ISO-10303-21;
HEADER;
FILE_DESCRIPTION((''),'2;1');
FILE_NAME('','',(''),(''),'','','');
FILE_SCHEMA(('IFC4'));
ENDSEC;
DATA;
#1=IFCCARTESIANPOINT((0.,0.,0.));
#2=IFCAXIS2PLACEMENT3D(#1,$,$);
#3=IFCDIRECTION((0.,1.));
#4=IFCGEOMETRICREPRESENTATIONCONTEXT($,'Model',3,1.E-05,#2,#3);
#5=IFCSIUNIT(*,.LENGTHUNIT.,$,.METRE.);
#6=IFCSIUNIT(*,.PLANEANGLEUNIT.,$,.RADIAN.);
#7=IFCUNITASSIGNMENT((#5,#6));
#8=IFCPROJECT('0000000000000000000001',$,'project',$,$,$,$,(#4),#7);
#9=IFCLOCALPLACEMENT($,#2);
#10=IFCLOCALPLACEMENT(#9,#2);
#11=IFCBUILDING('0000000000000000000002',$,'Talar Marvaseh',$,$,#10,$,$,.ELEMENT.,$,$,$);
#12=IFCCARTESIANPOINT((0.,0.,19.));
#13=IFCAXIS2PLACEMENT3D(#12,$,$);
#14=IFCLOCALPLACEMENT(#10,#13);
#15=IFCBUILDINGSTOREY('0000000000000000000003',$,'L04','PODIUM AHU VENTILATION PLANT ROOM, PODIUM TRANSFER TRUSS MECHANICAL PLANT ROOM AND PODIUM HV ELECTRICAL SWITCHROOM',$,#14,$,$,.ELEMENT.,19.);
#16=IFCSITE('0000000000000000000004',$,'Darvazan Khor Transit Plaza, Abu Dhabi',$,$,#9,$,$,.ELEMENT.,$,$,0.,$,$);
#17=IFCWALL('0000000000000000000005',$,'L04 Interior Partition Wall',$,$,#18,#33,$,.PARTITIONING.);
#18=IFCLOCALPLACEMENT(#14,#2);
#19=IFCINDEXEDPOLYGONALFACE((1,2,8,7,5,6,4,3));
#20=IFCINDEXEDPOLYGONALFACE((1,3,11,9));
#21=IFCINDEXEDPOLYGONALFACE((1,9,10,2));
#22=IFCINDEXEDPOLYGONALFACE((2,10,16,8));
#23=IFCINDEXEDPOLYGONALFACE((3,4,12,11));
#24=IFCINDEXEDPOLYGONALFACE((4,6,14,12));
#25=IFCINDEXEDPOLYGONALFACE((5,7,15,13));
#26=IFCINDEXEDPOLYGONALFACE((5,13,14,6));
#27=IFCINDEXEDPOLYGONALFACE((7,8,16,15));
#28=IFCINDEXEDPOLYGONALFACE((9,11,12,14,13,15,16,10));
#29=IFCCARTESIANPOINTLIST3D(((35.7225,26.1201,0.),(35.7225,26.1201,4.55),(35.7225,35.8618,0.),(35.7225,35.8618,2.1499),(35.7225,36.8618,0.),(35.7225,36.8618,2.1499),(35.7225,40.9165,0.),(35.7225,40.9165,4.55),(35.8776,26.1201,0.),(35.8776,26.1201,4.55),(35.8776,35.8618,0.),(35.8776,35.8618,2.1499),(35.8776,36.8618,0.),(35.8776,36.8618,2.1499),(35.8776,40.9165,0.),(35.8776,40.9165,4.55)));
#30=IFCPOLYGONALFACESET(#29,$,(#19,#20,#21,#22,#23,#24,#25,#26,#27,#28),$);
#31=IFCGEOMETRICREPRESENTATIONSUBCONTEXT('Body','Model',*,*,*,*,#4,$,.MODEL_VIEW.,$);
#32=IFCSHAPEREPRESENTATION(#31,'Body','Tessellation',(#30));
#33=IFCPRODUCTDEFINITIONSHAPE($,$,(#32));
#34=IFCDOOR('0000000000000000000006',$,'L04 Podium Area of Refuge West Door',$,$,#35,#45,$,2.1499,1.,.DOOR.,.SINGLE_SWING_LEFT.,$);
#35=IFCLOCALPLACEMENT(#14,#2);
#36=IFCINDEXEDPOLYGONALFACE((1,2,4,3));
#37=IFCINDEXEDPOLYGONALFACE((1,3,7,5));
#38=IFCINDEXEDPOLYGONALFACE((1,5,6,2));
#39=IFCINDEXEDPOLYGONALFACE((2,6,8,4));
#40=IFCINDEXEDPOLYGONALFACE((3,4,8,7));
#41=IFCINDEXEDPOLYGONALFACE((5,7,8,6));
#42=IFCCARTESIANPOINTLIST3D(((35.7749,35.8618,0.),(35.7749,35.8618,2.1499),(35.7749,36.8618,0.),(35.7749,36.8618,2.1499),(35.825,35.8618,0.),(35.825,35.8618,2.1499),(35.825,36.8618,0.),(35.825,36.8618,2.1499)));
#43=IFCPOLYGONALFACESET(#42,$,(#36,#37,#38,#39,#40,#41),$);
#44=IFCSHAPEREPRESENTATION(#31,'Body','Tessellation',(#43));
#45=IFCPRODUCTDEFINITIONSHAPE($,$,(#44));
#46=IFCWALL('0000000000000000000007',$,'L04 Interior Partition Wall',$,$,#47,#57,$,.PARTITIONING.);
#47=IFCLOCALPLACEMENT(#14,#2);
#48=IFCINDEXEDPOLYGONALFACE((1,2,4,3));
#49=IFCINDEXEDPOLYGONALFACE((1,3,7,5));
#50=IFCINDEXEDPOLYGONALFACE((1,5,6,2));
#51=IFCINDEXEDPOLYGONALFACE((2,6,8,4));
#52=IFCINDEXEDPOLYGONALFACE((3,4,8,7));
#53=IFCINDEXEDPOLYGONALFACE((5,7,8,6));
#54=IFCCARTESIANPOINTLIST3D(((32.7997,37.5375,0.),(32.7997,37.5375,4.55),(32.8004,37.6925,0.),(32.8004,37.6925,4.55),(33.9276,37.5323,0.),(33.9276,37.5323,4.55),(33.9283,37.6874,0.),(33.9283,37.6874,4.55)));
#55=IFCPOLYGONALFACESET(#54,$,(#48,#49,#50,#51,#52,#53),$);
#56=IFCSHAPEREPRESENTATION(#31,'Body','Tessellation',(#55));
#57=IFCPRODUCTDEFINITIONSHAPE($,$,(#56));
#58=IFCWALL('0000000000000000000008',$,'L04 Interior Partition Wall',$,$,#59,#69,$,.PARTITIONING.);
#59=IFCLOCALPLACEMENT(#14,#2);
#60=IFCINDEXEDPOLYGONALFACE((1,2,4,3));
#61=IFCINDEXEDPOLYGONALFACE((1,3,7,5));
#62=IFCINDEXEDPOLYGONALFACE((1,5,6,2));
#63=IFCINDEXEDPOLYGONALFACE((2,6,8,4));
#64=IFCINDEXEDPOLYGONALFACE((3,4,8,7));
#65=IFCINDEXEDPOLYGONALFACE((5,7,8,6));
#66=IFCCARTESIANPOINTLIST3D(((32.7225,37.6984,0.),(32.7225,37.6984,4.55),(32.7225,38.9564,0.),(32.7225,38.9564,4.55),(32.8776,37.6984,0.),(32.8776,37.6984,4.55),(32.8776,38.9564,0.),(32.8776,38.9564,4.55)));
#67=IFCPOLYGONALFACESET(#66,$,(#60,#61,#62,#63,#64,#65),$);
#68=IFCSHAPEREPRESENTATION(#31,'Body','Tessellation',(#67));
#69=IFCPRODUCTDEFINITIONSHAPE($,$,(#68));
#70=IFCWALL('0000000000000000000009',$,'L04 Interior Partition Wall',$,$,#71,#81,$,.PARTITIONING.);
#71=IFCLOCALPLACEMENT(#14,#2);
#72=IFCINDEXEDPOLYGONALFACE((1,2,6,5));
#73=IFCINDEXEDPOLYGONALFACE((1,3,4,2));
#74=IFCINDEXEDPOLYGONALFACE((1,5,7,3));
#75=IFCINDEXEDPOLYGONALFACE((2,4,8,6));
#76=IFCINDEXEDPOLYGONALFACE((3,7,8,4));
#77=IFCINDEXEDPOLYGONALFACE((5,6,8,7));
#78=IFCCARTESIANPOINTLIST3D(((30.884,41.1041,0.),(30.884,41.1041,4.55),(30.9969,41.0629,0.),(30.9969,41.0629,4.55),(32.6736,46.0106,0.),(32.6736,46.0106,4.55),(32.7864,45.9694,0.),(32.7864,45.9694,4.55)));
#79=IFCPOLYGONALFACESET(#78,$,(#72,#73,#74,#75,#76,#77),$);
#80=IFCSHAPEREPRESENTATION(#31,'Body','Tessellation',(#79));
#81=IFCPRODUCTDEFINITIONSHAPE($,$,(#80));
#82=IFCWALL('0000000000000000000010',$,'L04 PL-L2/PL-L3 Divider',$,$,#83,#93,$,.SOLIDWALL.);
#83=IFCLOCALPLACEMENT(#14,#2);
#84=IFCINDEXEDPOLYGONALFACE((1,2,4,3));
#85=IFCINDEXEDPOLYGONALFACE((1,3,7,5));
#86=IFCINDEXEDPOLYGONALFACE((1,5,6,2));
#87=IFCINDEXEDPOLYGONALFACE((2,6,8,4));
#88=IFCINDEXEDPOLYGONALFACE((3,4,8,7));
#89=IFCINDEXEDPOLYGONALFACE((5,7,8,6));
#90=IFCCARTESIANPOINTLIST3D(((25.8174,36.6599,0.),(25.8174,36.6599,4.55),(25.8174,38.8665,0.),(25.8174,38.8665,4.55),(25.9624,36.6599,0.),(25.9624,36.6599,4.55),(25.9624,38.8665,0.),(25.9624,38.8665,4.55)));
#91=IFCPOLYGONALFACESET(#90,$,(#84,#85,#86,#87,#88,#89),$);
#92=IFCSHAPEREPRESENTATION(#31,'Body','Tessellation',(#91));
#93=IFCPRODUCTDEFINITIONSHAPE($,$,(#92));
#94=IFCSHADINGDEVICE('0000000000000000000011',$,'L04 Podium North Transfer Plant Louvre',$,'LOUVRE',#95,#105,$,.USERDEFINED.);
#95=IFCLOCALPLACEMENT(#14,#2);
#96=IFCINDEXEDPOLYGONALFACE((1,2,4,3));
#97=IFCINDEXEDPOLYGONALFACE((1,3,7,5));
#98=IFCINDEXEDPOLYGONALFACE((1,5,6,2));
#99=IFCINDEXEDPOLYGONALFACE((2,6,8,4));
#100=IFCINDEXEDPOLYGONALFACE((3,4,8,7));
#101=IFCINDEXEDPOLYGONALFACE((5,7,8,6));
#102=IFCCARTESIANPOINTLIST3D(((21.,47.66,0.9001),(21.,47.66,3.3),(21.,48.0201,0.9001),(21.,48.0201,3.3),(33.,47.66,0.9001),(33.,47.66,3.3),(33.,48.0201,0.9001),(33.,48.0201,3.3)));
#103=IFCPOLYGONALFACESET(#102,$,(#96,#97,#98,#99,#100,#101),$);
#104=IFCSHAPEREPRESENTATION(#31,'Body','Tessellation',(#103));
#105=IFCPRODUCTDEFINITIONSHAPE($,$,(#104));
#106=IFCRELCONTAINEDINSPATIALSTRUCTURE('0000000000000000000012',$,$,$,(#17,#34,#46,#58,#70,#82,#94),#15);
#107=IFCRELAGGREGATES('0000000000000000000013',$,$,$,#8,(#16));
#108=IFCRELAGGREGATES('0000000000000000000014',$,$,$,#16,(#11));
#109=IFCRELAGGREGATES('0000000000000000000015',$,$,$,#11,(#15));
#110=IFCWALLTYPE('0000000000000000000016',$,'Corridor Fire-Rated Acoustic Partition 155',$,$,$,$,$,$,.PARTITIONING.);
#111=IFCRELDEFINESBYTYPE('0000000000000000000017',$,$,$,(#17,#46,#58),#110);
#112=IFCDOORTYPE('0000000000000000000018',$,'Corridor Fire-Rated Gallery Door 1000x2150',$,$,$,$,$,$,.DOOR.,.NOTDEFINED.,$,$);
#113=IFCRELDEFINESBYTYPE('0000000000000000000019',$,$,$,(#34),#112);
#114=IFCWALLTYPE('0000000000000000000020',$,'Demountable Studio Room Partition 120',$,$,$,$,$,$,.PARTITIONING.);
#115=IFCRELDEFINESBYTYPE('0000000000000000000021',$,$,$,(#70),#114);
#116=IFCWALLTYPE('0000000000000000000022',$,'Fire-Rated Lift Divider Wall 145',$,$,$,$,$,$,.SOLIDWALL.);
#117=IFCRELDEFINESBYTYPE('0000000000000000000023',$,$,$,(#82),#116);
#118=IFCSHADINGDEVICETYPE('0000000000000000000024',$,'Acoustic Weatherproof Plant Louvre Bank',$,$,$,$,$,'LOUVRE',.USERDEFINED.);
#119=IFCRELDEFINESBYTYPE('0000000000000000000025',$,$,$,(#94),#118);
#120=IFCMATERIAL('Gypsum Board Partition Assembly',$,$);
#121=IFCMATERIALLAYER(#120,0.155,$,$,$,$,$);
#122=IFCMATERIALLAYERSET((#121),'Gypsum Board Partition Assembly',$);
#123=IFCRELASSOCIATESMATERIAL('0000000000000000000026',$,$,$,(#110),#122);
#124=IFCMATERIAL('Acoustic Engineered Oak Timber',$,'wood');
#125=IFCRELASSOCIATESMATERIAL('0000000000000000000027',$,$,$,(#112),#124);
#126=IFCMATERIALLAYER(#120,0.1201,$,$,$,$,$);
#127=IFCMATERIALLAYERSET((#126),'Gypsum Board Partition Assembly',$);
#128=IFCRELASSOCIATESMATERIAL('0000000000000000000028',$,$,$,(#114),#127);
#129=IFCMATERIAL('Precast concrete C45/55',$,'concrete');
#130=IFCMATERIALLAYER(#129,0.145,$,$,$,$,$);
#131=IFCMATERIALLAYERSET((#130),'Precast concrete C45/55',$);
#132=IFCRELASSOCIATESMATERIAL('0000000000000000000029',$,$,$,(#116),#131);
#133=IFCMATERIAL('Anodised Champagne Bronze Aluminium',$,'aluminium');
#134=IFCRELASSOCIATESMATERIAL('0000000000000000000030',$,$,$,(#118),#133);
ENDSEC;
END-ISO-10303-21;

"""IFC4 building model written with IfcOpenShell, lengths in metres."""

from ifc_helpers import new_model, si_unit, direction, frame, frame_2d, origin, origin_2d, place, context, subcontext, project, spatial, rectangle, extrude, source, transform, mapped, material, layer, layer_set, type_object, type_shapes, element, fill, save


model = new_model("IFC4")

# Units and contexts
model_context = context("Model", 3, precision=1e-05, world=origin(), true_north=direction((0.0, 1.0)))
body_context = subcontext(model_context, "Body", "Model", "MODEL_VIEW")
ifc_project = project(units=[si_unit("LENGTHUNIT", "METRE"), si_unit("PLANEANGLEUNIT", "RADIAN")], contexts=[model_context])

# Site, building, storey
site_placement = place(None, origin())
site = spatial("IfcSite", under=ifc_project, at=site_placement, Name="Darvazan Khor Transit Plaza, Abu Dhabi", CompositionType="ELEMENT", RefElevation=0.0)
building_placement = place(site_placement, origin())
building = spatial("IfcBuilding", under=site, at=building_placement, Name="Talar Marvaseh", CompositionType="ELEMENT")
storey_placement = place(building_placement, frame((0.0, 0.0, 19.0)))
storey = spatial("IfcBuildingStorey", under=building, at=storey_placement, Name="L04", Description="PODIUM AHU VENTILATION PLANT ROOM, PODIUM TRANSFER TRUSS MECHANICAL PLANT ROOM AND PODIUM HV ELECTRICAL SWITCHROOM", CompositionType="ELEMENT", Elevation=19.0)

# Shared definitions
ifc_material_1 = material(Name="Gypsum Board Partition Assembly")
ifc_layer_1 = layer(ifc_material_1, 0.155)
ifc_layer_set_1 = layer_set([ifc_layer_1], Name="Gypsum Board Partition Assembly")
wall_type_1 = type_object("IfcWallType", Name="Corridor Fire-Rated Acoustic Partition 155", PredefinedType="PARTITIONING", material=ifc_layer_set_1)
ifc_material_2 = material(Name="Acoustic Engineered Oak Timber", Category="wood")
door_type = type_object("IfcDoorType", Name="Corridor Fire-Rated Gallery Door 1000x2150", OperationType="NOTDEFINED", PredefinedType="DOOR", material=ifc_material_2)
shared_shape_1 = source(origin(), body_context, "Body", "SweptSolid", [
    extrude(rectangle(XDim=1.0, YDim=2.1499, at=frame_2d((0.5, 1.075))), frame((0.0, 0.0249, 0.0), z_axis=(0.0, -1.0, 0.0), x_axis=(1.0, 0.0, 0.0)), (0.0, 0.0, 1.0), 0.05),
])
type_shapes(door_type, [shared_shape_1])

# Wall, opening, door
wall_1_placement = place(storey_placement, frame((35.8, 40.9165, 0.0), z_axis=(0.0, 0.0, 1.0), x_axis=(0.0, -1.0, 0.0)))
wall_1 = element("IfcWall", 1, at=wall_1_placement, inside=storey, type_object=wall_type_1, Name="L04 Interior Partition Wall", PredefinedType="PARTITIONING", context=body_context, shape_type="SweptSolid", body=[
    extrude(rectangle(XDim=14.7964, YDim=0.155, at=frame_2d((7.3982, 0.0))), origin(), (0.0, 0.0, 1.0), 4.55),
])
opening_1_placement = place(wall_1_placement, frame((4.0547, 0.0, 0.0)))
opening_1 = element("IfcOpeningElement", 2, at=opening_1_placement, cuts=wall_1, PredefinedType="OPENING", context=body_context, shape_type="SweptSolid", body=[
    extrude(rectangle(XDim=1.0, YDim=2.1499, at=frame_2d((0.5, 1.075))), frame((0.0, 0.0874, 0.0), z_axis=(0.0, -1.0, 0.0), x_axis=(1.0, 0.0, 0.0)), (0.0, 0.0, 1.0), 0.175),
])
door_1_placement = place(opening_1_placement, origin())
door_1 = element("IfcDoor", 3, at=door_1_placement, inside=storey, type_object=door_type, Name="L04 Podium Area of Refuge West Door", OperationType="SINGLE_SWING_LEFT", OverallHeight=2.1499, OverallWidth=1.0, PredefinedType="DOOR", context=body_context, shape_type="MappedRepresentation", body=[
    mapped(shared_shape_1, transform((0.0, 0.0, 0.0), x_axis=(1.0, 0.0, 0.0), y_axis=(0.0, 1.0, 0.0), z_axis=(0.0, 0.0, 1.0), scale=1.0)),
])
fill(opening_1, door_1)

# Walls
wall_2_placement = place(storey_placement, frame((33.928, 37.6099, 0.0), z_axis=(0.0, 0.0, 1.0), x_axis=(-0.99999, 0.004545, 0.0)))
element("IfcWall", 4, at=wall_2_placement, inside=storey, type_object=wall_type_1, Name="L04 Interior Partition Wall", PredefinedType="PARTITIONING", context=body_context, shape_type="SweptSolid", body=[
    extrude(rectangle(XDim=1.1279, YDim=0.155, at=frame_2d((0.564, 0.0))), origin(), (0.0, 0.0, 1.0), 4.55),
])
wall_3_placement = place(storey_placement, frame((32.8, 37.6985, 0.0), z_axis=(0.0, 0.0, 1.0), x_axis=(0.0, 1.0, 0.0)))
element("IfcWall", 5, at=wall_3_placement, inside=storey, type_object=wall_type_1, Name="L04 Interior Partition Wall", PredefinedType="PARTITIONING", context=body_context, shape_type="SweptSolid", body=[
    extrude(rectangle(XDim=1.2581, YDim=0.155, at=frame_2d((0.6289, 0.0))), origin(), (0.0, 0.0, 1.0), 4.55),
])
ifc_layer_2 = layer(ifc_material_1, 0.1201)
ifc_layer_set_2 = layer_set([ifc_layer_2], Name="Gypsum Board Partition Assembly")
wall_type_2 = type_object("IfcWallType", Name="Demountable Studio Room Partition 120", PredefinedType="PARTITIONING", material=ifc_layer_set_2)
wall_4_placement = place(storey_placement, frame((30.9404, 41.0835, 0.0), z_axis=(0.0, 0.0, 1.0), x_axis=(0.342651, 0.939463, 0.0)))
element("IfcWall", 6, at=wall_4_placement, inside=storey, type_object=wall_type_2, Name="L04 Interior Partition Wall", PredefinedType="PARTITIONING", context=body_context, shape_type="SweptSolid", body=[
    extrude(rectangle(XDim=5.2227, YDim=0.1201, at=frame_2d((2.6113, 0.0))), origin(), (0.0, 0.0, 1.0), 4.55),
])
ifc_material_3 = material(Name="Precast concrete C45/55", Category="concrete")
ifc_layer_3 = layer(ifc_material_3, 0.145)
ifc_layer_set_3 = layer_set([ifc_layer_3], Name="Precast concrete C45/55")
wall_type_3 = type_object("IfcWallType", Name="Fire-Rated Lift Divider Wall 145", PredefinedType="SOLIDWALL", material=ifc_layer_set_3)
wall_5_placement = place(storey_placement, frame((25.8899, 36.6599, 0.0), z_axis=(0.0, 0.0, 1.0), x_axis=(0.0, 1.0, 0.0)))
element("IfcWall", 7, at=wall_5_placement, inside=storey, type_object=wall_type_3, Name="L04 PL-L2/PL-L3 Divider", PredefinedType="SOLIDWALL", context=body_context, shape_type="SweptSolid", body=[
    extrude(rectangle(XDim=2.2065, YDim=0.145, at=frame_2d((1.1033, 0.0))), origin(), (0.0, 0.0, 1.0), 4.55),
])

# Shading device
ifc_material_4 = material(Name="Anodised Champagne Bronze Aluminium", Category="aluminium")
shading_device_type = type_object("IfcShadingDeviceType", Name="Acoustic Weatherproof Plant Louvre Bank", ElementType="LOUVRE", PredefinedType="USERDEFINED", material=ifc_material_4)
shared_shape_2 = source(origin(), body_context, "Body", "SweptSolid", [
    extrude(rectangle(XDim=12.0, YDim=0.3601, at=origin_2d()), origin(), (0.0, 0.0, 1.0), 2.3999),
])
type_shapes(shading_device_type, [shared_shape_2])
shading_device_placement = place(storey_placement, frame((27.0, 47.8401, 0.9001), z_axis=(0.0, 0.0, 1.0), x_axis=(1.0, 0.0, 0.0)))
element("IfcShadingDevice", 8, at=shading_device_placement, inside=storey, type_object=shading_device_type, Name="L04 Podium North Transfer Plant Louvre", ObjectType="LOUVRE", PredefinedType="USERDEFINED", context=body_context, shape_type="MappedRepresentation", body=[
    mapped(shared_shape_2, transform((0.0, 0.0, 0.0), x_axis=(1.0, 0.0, 0.0), y_axis=(0.0, 1.0, 0.0), z_axis=(0.0, 0.0, 1.0), scale=1.0)),
])

save(model, "model.ifc")
